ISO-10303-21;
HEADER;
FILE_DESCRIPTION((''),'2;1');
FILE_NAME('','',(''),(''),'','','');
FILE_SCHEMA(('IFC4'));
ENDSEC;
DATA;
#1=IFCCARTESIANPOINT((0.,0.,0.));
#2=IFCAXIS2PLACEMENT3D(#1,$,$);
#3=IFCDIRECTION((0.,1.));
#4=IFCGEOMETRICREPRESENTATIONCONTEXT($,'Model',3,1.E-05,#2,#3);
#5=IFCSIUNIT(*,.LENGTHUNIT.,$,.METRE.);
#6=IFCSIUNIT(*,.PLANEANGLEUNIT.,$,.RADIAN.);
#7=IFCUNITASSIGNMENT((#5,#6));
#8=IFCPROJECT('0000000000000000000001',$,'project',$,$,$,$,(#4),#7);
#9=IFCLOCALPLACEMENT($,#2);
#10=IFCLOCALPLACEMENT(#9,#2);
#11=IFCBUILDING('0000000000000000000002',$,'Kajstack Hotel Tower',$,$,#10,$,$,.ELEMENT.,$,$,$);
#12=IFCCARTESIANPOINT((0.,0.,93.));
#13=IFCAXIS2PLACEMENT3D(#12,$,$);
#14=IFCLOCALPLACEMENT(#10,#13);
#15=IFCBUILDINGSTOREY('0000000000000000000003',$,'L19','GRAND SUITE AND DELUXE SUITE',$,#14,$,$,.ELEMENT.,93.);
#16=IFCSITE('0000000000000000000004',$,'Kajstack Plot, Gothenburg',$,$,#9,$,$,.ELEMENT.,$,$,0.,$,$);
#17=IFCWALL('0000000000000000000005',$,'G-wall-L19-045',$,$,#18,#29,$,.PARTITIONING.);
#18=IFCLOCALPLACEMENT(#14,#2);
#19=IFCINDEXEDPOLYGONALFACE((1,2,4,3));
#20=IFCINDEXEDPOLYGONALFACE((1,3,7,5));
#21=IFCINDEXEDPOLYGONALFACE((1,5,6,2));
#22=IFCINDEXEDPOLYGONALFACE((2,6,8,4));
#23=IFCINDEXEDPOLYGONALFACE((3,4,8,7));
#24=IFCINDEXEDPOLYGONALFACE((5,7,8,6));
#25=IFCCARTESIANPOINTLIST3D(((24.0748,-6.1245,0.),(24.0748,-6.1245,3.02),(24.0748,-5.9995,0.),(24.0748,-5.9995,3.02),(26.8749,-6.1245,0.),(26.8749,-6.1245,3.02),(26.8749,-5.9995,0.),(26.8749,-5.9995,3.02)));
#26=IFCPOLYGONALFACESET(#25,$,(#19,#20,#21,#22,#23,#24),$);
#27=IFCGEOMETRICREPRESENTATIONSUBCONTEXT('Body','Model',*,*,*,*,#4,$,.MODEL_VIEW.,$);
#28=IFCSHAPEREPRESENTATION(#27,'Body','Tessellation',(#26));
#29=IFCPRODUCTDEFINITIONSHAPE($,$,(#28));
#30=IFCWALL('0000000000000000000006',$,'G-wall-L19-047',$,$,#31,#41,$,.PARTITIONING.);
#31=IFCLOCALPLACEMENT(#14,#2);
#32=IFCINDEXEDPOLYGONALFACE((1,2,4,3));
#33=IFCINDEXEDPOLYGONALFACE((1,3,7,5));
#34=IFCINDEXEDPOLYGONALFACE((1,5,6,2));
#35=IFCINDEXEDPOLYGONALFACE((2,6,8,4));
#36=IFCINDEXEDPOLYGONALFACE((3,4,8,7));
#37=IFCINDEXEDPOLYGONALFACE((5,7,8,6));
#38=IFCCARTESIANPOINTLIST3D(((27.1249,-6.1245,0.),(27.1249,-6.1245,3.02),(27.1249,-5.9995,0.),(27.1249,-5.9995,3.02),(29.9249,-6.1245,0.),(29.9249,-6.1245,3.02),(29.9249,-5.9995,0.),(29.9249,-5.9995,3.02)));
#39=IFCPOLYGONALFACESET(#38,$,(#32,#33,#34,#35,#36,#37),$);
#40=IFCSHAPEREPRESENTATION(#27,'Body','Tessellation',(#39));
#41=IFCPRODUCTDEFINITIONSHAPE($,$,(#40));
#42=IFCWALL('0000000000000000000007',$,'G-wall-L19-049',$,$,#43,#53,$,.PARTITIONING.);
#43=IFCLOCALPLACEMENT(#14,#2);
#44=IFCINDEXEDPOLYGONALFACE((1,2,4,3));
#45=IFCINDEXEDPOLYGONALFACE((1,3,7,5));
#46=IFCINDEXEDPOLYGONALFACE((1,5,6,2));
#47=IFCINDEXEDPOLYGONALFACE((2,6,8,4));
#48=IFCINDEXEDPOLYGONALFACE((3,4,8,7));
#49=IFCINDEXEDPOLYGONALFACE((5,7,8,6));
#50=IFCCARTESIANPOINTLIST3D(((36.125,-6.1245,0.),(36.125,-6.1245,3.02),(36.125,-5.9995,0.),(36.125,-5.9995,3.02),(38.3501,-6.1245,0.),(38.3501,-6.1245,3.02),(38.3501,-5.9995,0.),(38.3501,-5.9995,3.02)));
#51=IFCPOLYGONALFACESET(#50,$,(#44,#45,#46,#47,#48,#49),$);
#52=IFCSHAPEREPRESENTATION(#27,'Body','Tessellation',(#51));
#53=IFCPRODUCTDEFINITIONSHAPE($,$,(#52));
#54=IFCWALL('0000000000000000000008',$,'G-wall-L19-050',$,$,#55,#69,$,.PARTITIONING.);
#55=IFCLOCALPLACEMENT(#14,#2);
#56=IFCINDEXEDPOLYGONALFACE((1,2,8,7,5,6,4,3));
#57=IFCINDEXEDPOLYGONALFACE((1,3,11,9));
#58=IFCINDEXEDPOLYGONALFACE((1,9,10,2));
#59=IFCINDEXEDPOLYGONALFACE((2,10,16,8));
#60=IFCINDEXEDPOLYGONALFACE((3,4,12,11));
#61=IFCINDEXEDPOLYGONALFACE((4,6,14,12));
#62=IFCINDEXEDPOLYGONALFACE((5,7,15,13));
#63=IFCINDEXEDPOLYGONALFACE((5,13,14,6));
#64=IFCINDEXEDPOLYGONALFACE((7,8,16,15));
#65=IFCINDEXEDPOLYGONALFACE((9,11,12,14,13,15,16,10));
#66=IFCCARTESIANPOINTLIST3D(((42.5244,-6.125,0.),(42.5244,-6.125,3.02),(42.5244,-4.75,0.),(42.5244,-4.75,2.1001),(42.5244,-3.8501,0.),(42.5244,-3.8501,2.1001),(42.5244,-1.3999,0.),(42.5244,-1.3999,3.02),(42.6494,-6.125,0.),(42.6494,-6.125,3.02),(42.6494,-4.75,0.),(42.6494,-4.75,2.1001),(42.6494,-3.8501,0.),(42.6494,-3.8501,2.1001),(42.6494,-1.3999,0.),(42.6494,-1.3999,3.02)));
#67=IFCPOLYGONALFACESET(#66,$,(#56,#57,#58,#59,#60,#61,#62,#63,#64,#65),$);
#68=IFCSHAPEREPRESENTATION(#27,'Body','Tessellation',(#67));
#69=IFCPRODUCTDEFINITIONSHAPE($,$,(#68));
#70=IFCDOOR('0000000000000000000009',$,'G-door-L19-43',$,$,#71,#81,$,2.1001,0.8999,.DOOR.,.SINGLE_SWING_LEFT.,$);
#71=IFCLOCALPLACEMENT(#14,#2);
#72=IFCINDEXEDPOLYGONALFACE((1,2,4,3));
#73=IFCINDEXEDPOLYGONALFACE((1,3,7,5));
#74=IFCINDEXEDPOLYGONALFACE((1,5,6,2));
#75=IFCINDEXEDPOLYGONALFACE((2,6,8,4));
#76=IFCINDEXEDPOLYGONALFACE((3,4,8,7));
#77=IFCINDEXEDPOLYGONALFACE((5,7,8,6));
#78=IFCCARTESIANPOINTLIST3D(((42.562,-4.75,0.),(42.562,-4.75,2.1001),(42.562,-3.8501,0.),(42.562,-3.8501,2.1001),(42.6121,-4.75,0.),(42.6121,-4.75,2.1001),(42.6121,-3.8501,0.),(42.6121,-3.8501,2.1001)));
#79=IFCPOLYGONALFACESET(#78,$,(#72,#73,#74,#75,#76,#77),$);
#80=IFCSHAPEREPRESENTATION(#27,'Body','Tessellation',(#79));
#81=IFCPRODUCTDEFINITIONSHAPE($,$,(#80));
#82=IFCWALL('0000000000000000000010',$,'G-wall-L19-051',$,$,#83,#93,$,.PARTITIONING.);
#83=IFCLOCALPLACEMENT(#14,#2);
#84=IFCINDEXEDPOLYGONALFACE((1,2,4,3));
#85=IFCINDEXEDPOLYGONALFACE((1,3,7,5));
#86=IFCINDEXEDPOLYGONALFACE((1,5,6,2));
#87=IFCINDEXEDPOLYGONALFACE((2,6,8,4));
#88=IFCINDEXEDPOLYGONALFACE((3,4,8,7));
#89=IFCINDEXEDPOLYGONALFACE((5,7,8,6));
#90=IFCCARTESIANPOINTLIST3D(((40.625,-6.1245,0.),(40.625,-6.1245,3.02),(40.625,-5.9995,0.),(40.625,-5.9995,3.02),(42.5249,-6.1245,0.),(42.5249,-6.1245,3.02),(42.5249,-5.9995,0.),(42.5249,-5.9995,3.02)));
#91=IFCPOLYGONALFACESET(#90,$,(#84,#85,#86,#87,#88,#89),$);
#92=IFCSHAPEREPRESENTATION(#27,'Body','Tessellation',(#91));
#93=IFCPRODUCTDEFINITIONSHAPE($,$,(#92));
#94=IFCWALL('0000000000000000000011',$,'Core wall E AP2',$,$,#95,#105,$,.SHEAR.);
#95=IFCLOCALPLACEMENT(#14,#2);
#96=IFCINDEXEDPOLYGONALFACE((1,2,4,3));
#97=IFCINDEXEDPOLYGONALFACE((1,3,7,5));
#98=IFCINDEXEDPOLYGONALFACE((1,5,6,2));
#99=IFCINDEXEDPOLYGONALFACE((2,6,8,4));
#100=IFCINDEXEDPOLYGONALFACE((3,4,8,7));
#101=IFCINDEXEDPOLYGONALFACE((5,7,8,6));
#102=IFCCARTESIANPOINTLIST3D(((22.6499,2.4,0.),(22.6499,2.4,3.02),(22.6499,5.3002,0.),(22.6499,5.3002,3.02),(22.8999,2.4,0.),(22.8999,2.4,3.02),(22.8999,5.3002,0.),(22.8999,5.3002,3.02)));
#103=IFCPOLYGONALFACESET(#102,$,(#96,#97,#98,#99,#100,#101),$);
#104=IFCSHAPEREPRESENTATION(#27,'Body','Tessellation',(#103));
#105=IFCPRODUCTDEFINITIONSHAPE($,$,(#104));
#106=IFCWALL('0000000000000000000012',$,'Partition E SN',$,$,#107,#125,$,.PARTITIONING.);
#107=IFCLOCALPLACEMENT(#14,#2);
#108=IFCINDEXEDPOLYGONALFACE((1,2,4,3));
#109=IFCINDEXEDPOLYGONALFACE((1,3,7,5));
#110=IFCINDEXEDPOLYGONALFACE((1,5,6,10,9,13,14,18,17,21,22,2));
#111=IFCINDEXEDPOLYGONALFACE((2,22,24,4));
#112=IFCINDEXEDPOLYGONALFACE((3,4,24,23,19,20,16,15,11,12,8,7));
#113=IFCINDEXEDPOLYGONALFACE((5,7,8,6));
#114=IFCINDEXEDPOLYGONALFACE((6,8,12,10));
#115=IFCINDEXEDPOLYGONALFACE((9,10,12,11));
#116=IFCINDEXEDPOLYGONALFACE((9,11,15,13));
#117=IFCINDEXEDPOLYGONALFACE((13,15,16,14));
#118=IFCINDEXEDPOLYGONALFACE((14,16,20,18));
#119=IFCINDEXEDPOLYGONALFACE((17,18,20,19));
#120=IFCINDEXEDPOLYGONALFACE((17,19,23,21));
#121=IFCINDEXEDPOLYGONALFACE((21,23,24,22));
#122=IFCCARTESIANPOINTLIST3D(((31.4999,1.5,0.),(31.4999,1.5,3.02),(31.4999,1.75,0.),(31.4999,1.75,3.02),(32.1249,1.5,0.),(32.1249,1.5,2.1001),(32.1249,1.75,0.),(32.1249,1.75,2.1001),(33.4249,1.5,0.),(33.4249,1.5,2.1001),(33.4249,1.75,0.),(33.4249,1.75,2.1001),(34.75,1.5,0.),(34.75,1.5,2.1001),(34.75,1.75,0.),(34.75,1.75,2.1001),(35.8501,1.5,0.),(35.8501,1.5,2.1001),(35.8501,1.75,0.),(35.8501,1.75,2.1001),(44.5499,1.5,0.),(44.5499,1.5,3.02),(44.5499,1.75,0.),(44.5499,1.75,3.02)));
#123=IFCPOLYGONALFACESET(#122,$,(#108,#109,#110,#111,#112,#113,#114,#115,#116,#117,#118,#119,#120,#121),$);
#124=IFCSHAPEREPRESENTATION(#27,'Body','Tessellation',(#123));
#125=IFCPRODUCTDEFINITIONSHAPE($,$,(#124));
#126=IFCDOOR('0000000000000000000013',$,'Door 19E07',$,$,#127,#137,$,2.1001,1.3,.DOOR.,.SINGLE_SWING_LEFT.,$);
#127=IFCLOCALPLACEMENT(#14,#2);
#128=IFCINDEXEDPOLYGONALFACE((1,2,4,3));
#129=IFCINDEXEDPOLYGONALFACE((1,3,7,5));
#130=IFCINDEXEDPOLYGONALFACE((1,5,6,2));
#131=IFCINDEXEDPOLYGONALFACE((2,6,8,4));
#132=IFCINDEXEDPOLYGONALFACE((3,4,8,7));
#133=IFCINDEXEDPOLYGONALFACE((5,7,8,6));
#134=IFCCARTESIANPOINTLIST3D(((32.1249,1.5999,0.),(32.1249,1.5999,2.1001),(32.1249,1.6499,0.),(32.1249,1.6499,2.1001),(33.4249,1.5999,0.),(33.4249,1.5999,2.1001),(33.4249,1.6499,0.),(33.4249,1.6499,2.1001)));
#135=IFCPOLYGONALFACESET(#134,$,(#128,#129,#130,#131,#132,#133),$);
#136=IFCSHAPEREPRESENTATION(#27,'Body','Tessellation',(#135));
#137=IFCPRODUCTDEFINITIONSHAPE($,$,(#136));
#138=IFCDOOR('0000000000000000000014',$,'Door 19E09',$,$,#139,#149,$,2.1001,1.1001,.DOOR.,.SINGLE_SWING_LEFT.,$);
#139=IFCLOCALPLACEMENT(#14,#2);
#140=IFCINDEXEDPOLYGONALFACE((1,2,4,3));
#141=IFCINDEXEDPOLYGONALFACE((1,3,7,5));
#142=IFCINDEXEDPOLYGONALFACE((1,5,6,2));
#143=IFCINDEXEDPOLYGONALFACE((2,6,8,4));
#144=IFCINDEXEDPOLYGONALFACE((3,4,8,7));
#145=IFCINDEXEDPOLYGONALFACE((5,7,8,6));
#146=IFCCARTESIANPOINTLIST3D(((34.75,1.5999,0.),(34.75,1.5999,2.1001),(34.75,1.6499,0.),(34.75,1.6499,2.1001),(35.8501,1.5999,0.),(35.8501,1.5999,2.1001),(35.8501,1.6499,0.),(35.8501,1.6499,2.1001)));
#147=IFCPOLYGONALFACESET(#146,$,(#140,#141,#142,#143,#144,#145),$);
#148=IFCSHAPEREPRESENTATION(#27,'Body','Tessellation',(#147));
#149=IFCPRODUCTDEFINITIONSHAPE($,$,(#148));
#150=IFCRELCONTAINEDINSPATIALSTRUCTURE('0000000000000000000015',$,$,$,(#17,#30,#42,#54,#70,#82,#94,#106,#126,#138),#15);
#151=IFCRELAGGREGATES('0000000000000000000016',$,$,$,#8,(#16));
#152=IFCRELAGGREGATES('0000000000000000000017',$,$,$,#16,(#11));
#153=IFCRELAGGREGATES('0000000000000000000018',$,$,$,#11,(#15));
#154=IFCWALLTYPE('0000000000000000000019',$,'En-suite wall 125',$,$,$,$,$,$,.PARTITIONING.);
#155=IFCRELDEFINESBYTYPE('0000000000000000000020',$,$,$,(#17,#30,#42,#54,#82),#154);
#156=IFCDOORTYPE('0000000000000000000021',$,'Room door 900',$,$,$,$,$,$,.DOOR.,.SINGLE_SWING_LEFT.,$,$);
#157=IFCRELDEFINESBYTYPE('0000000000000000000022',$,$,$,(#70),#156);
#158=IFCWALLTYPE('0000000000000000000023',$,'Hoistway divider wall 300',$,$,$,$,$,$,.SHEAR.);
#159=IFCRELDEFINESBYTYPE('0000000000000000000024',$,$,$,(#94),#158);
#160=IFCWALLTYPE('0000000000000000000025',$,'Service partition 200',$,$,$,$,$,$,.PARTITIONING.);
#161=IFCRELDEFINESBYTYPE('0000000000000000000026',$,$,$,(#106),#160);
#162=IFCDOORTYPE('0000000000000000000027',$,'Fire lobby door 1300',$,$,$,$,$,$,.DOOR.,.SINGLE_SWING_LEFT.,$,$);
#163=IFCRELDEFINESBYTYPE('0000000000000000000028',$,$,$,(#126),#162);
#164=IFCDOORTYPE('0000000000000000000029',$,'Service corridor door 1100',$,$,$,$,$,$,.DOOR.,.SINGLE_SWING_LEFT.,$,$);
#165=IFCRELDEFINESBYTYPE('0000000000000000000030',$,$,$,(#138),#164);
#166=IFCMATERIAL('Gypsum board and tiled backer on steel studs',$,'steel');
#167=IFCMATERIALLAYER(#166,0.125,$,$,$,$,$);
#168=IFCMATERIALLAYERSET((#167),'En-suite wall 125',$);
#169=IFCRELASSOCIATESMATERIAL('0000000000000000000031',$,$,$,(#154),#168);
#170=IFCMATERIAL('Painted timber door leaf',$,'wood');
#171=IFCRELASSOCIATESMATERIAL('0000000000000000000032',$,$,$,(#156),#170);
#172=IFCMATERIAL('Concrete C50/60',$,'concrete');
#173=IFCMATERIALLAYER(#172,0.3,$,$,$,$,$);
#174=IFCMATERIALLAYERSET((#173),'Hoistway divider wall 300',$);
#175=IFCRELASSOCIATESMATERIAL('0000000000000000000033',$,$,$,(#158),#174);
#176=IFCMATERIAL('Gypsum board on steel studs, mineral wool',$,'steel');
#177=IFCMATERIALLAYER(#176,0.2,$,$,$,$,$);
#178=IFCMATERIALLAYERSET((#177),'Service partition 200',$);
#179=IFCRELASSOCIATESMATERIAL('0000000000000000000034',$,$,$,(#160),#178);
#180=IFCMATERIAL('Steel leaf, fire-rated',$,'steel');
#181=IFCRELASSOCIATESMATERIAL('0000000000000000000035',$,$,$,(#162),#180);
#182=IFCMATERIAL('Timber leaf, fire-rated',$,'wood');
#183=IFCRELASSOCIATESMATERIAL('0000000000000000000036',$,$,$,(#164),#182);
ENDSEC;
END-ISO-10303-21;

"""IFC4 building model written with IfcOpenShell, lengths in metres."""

from ifc_helpers import new_model, si_unit, direction, frame, frame_2d, origin, place, context, subcontext, project, spatial, rectangle, extrude, material, layer, layer_set, type_object, element, fill, save


model = new_model("IFC4")

# Units and contexts
model_context = context("Model", 3, precision=1e-05, world=origin(), true_north=direction((0.0, 1.0)))
body_context = subcontext(model_context, "Body", "Model", "MODEL_VIEW")
ifc_project = project(units=[si_unit("LENGTHUNIT", "METRE"), si_unit("PLANEANGLEUNIT", "RADIAN")], contexts=[model_context])

# Site, building, storey
site_placement = place(None, origin())
site = spatial("IfcSite", under=ifc_project, at=site_placement, Name="Kajstack Plot, Gothenburg", CompositionType="ELEMENT", RefElevation=0.0)
building_placement = place(site_placement, origin())
building = spatial("IfcBuilding", under=site, at=building_placement, Name="Kajstack Hotel Tower", CompositionType="ELEMENT")
storey_placement = place(building_placement, frame((0.0, 0.0, 93.0)))
storey = spatial("IfcBuildingStorey", under=building, at=storey_placement, Name="L19", Description="GRAND SUITE AND DELUXE SUITE", CompositionType="ELEMENT", Elevation=93.0)

# Walls
ifc_material_1 = material(Name="Gypsum board and tiled backer on steel studs", Category="steel")
ifc_layer_1 = layer(ifc_material_1, 0.125)
ifc_layer_set_1 = layer_set([ifc_layer_1], Name="En-suite wall 125")
wall_type_1 = type_object("IfcWallType", Name="En-suite wall 125", PredefinedType="PARTITIONING", material=ifc_layer_set_1)
for number, where, z_axis, x_axis, name in (
    (1, (24.075, -6.062, 0.0), (0.0, 0.0, 1.0), (1.0, 0.0, 0.0), "G-wall-L19-045"),
    (2, (27.125, -6.062, 0.0), (0.0, 0.0, 1.0), (1.0, 0.0, 0.0), "G-wall-L19-047"),
):
    element("IfcWall", number, at=place(storey_placement, frame(where, z_axis=z_axis, x_axis=x_axis)), inside=storey, type_object=wall_type_1, Name=name, PredefinedType="PARTITIONING", context=body_context, shape_type="SweptSolid", body=[
        extrude(rectangle(XDim=2.8, YDim=0.125, at=frame_2d((1.3999, 0.0))), origin(), (0.0, 0.0, 1.0), 3.02),
    ])
wall_1_placement = place(storey_placement, frame((36.125, -6.062, 0.0), z_axis=(0.0, 0.0, 1.0), x_axis=(1.0, 0.0, 0.0)))
element("IfcWall", 3, at=wall_1_placement, inside=storey, type_object=wall_type_1, Name="G-wall-L19-049", PredefinedType="PARTITIONING", context=body_context, shape_type="SweptSolid", body=[
    extrude(rectangle(XDim=2.2251, YDim=0.125, at=frame_2d((1.1125, 0.0))), origin(), (0.0, 0.0, 1.0), 3.02),
])

# Wall, opening, door
wall_2_placement = place(storey_placement, frame((42.5869, -6.125, 0.0), z_axis=(0.0, 0.0, 1.0), x_axis=(0.0, 1.0, 0.0)))
wall_2 = element("IfcWall", 4, at=wall_2_placement, inside=storey, type_object=wall_type_1, Name="G-wall-L19-050", PredefinedType="PARTITIONING", context=body_context, shape_type="SweptSolid", body=[
    extrude(rectangle(XDim=4.7251, YDim=0.125, at=frame_2d((2.3625, 0.0))), origin(), (0.0, 0.0, 1.0), 3.02),
])
opening_1_placement = place(wall_2_placement, frame((1.375, 0.0, 0.0)))
opening_1 = element("IfcOpeningElement", 5, at=opening_1_placement, cuts=wall_2, PredefinedType="OPENING", context=body_context, shape_type="SweptSolid", body=[
    extrude(rectangle(XDim=0.8999, YDim=2.1001, at=frame_2d((0.45, 1.05))), frame((0.0, 0.0725, 0.0), z_axis=(0.0, -1.0, 0.0), x_axis=(1.0, 0.0, 0.0)), (0.0, 0.0, 1.0), 0.145),
])
ifc_material_2 = material(Name="Painted timber door leaf", Category="wood")
door_type_1 = type_object("IfcDoorType", Name="Room door 900", OperationType="SINGLE_SWING_LEFT", PredefinedType="DOOR", material=ifc_material_2)
door_1_placement = place(opening_1_placement, origin())
door_1 = element("IfcDoor", 6, at=door_1_placement, inside=storey, type_object=door_type_1, Name="G-door-L19-43", OperationType="SINGLE_SWING_LEFT", OverallHeight=2.1001, OverallWidth=0.8999, PredefinedType="DOOR", context=body_context, shape_type="SweptSolid", body=[
    extrude(rectangle(XDim=0.8999, YDim=2.1001, at=frame_2d((0.45, 1.05))), frame((0.0, 0.0249, 0.0), z_axis=(0.0, -1.0, 0.0), x_axis=(1.0, 0.0, 0.0)), (0.0, 0.0, 1.0), 0.05),
])
fill(opening_1, door_1)

# Walls
wall_3_placement = place(storey_placement, frame((40.625, -6.062, 0.0), z_axis=(0.0, 0.0, 1.0), x_axis=(1.0, 0.0, 0.0)))
element("IfcWall", 7, at=wall_3_placement, inside=storey, type_object=wall_type_1, Name="G-wall-L19-051", PredefinedType="PARTITIONING", context=body_context, shape_type="SweptSolid", body=[
    extrude(rectangle(XDim=1.8999, YDim=0.125, at=frame_2d((0.95, 0.0))), origin(), (0.0, 0.0, 1.0), 3.02),
])
ifc_material_3 = material(Name="Concrete C50/60", Category="concrete")
ifc_layer_2 = layer(ifc_material_3, 0.3)
ifc_layer_set_2 = layer_set([ifc_layer_2], Name="Hoistway divider wall 300")
wall_type_2 = type_object("IfcWallType", Name="Hoistway divider wall 300", PredefinedType="SHEAR", material=ifc_layer_set_2)
wall_4_placement = place(storey_placement, frame((22.7749, 2.3999, 0.0), z_axis=(0.0, 0.0, 1.0), x_axis=(0.0, 1.0, 0.0)))
element("IfcWall", 8, at=wall_4_placement, inside=storey, type_object=wall_type_2, Name="Core wall E AP2", PredefinedType="SHEAR", context=body_context, shape_type="SweptSolid", body=[
    extrude(rectangle(XDim=2.9001, YDim=0.25, at=frame_2d((1.4502, 0.0))), origin(), (0.0, 0.0, 1.0), 3.02),
])

# Wall, openings, doors
ifc_material_4 = material(Name="Gypsum board on steel studs, mineral wool", Category="steel")
ifc_layer_3 = layer(ifc_material_4, 0.2)
ifc_layer_set_3 = layer_set([ifc_layer_3], Name="Service partition 200")
wall_type_3 = type_object("IfcWallType", Name="Service partition 200", PredefinedType="PARTITIONING", material=ifc_layer_set_3)
wall_5_placement = place(storey_placement, frame((31.5, 1.625, 0.0), z_axis=(0.0, 0.0, 1.0), x_axis=(1.0, 0.0, 0.0)))
wall_5 = element("IfcWall", 9, at=wall_5_placement, inside=storey, type_object=wall_type_3, Name="Partition E SN", PredefinedType="PARTITIONING", context=body_context, shape_type="SweptSolid", body=[
    extrude(rectangle(XDim=13.05, YDim=0.25, at=frame_2d((6.5249, 0.0))), origin(), (0.0, 0.0, 1.0), 3.02),
])
opening_2_placement = place(wall_5_placement, frame((0.625, 0.0, 0.0)))
opening_2 = element("IfcOpeningElement", 10, at=opening_2_placement, cuts=wall_5, PredefinedType="OPENING", context=body_context, shape_type="SweptSolid", body=[
    extrude(rectangle(XDim=1.3, YDim=2.1001, at=frame_2d((0.6499, 1.05))), frame((0.0, 0.135, 0.0), z_axis=(0.0, -1.0, 0.0), x_axis=(1.0, 0.0, 0.0)), (0.0, 0.0, 1.0), 0.27),
])
opening_3_placement = place(wall_5_placement, frame((3.25, 0.0, 0.0)))
opening_3 = element("IfcOpeningElement", 11, at=opening_3_placement, cuts=wall_5, PredefinedType="OPENING", context=body_context, shape_type="SweptSolid", body=[
    extrude(rectangle(XDim=1.1001, YDim=2.1001, at=frame_2d((0.55, 1.05))), frame((0.0, 0.135, 0.0), z_axis=(0.0, -1.0, 0.0), x_axis=(1.0, 0.0, 0.0)), (0.0, 0.0, 1.0), 0.27),
])
ifc_material_5 = material(Name="Steel leaf, fire-rated", Category="steel")
door_type_2 = type_object("IfcDoorType", Name="Fire lobby door 1300", OperationType="SINGLE_SWING_LEFT", PredefinedType="DOOR", material=ifc_material_5)
door_2_placement = place(opening_2_placement, origin())
door_2 = element("IfcDoor", 12, at=door_2_placement, inside=storey, type_object=door_type_2, Name="Door 19E07", OperationType="SINGLE_SWING_LEFT", OverallHeight=2.1001, OverallWidth=1.3, PredefinedType="DOOR", context=body_context, shape_type="SweptSolid", body=[
    extrude(rectangle(XDim=1.3, YDim=2.1001, at=frame_2d((0.6499, 1.05))), frame((0.0, 0.0249, 0.0), z_axis=(0.0, -1.0, 0.0), x_axis=(1.0, 0.0, 0.0)), (0.0, 0.0, 1.0), 0.05),
])
fill(opening_2, door_2)
ifc_material_6 = material(Name="Timber leaf, fire-rated", Category="wood")
door_type_3 = type_object("IfcDoorType", Name="Service corridor door 1100", OperationType="SINGLE_SWING_LEFT", PredefinedType="DOOR", material=ifc_material_6)
door_3_placement = place(opening_3_placement, origin())
door_3 = element("IfcDoor", 13, at=door_3_placement, inside=storey, type_object=door_type_3, Name="Door 19E09", OperationType="SINGLE_SWING_LEFT", OverallHeight=2.1001, OverallWidth=1.1001, PredefinedType="DOOR", context=body_context, shape_type="SweptSolid", body=[
    extrude(rectangle(XDim=1.1001, YDim=2.1001, at=frame_2d((0.55, 1.05))), frame((0.0, 0.0249, 0.0), z_axis=(0.0, -1.0, 0.0), x_axis=(1.0, 0.0, 0.0)), (0.0, 0.0, 1.0), 0.05),
])
fill(opening_3, door_3)

save(model, "model.ifc")
